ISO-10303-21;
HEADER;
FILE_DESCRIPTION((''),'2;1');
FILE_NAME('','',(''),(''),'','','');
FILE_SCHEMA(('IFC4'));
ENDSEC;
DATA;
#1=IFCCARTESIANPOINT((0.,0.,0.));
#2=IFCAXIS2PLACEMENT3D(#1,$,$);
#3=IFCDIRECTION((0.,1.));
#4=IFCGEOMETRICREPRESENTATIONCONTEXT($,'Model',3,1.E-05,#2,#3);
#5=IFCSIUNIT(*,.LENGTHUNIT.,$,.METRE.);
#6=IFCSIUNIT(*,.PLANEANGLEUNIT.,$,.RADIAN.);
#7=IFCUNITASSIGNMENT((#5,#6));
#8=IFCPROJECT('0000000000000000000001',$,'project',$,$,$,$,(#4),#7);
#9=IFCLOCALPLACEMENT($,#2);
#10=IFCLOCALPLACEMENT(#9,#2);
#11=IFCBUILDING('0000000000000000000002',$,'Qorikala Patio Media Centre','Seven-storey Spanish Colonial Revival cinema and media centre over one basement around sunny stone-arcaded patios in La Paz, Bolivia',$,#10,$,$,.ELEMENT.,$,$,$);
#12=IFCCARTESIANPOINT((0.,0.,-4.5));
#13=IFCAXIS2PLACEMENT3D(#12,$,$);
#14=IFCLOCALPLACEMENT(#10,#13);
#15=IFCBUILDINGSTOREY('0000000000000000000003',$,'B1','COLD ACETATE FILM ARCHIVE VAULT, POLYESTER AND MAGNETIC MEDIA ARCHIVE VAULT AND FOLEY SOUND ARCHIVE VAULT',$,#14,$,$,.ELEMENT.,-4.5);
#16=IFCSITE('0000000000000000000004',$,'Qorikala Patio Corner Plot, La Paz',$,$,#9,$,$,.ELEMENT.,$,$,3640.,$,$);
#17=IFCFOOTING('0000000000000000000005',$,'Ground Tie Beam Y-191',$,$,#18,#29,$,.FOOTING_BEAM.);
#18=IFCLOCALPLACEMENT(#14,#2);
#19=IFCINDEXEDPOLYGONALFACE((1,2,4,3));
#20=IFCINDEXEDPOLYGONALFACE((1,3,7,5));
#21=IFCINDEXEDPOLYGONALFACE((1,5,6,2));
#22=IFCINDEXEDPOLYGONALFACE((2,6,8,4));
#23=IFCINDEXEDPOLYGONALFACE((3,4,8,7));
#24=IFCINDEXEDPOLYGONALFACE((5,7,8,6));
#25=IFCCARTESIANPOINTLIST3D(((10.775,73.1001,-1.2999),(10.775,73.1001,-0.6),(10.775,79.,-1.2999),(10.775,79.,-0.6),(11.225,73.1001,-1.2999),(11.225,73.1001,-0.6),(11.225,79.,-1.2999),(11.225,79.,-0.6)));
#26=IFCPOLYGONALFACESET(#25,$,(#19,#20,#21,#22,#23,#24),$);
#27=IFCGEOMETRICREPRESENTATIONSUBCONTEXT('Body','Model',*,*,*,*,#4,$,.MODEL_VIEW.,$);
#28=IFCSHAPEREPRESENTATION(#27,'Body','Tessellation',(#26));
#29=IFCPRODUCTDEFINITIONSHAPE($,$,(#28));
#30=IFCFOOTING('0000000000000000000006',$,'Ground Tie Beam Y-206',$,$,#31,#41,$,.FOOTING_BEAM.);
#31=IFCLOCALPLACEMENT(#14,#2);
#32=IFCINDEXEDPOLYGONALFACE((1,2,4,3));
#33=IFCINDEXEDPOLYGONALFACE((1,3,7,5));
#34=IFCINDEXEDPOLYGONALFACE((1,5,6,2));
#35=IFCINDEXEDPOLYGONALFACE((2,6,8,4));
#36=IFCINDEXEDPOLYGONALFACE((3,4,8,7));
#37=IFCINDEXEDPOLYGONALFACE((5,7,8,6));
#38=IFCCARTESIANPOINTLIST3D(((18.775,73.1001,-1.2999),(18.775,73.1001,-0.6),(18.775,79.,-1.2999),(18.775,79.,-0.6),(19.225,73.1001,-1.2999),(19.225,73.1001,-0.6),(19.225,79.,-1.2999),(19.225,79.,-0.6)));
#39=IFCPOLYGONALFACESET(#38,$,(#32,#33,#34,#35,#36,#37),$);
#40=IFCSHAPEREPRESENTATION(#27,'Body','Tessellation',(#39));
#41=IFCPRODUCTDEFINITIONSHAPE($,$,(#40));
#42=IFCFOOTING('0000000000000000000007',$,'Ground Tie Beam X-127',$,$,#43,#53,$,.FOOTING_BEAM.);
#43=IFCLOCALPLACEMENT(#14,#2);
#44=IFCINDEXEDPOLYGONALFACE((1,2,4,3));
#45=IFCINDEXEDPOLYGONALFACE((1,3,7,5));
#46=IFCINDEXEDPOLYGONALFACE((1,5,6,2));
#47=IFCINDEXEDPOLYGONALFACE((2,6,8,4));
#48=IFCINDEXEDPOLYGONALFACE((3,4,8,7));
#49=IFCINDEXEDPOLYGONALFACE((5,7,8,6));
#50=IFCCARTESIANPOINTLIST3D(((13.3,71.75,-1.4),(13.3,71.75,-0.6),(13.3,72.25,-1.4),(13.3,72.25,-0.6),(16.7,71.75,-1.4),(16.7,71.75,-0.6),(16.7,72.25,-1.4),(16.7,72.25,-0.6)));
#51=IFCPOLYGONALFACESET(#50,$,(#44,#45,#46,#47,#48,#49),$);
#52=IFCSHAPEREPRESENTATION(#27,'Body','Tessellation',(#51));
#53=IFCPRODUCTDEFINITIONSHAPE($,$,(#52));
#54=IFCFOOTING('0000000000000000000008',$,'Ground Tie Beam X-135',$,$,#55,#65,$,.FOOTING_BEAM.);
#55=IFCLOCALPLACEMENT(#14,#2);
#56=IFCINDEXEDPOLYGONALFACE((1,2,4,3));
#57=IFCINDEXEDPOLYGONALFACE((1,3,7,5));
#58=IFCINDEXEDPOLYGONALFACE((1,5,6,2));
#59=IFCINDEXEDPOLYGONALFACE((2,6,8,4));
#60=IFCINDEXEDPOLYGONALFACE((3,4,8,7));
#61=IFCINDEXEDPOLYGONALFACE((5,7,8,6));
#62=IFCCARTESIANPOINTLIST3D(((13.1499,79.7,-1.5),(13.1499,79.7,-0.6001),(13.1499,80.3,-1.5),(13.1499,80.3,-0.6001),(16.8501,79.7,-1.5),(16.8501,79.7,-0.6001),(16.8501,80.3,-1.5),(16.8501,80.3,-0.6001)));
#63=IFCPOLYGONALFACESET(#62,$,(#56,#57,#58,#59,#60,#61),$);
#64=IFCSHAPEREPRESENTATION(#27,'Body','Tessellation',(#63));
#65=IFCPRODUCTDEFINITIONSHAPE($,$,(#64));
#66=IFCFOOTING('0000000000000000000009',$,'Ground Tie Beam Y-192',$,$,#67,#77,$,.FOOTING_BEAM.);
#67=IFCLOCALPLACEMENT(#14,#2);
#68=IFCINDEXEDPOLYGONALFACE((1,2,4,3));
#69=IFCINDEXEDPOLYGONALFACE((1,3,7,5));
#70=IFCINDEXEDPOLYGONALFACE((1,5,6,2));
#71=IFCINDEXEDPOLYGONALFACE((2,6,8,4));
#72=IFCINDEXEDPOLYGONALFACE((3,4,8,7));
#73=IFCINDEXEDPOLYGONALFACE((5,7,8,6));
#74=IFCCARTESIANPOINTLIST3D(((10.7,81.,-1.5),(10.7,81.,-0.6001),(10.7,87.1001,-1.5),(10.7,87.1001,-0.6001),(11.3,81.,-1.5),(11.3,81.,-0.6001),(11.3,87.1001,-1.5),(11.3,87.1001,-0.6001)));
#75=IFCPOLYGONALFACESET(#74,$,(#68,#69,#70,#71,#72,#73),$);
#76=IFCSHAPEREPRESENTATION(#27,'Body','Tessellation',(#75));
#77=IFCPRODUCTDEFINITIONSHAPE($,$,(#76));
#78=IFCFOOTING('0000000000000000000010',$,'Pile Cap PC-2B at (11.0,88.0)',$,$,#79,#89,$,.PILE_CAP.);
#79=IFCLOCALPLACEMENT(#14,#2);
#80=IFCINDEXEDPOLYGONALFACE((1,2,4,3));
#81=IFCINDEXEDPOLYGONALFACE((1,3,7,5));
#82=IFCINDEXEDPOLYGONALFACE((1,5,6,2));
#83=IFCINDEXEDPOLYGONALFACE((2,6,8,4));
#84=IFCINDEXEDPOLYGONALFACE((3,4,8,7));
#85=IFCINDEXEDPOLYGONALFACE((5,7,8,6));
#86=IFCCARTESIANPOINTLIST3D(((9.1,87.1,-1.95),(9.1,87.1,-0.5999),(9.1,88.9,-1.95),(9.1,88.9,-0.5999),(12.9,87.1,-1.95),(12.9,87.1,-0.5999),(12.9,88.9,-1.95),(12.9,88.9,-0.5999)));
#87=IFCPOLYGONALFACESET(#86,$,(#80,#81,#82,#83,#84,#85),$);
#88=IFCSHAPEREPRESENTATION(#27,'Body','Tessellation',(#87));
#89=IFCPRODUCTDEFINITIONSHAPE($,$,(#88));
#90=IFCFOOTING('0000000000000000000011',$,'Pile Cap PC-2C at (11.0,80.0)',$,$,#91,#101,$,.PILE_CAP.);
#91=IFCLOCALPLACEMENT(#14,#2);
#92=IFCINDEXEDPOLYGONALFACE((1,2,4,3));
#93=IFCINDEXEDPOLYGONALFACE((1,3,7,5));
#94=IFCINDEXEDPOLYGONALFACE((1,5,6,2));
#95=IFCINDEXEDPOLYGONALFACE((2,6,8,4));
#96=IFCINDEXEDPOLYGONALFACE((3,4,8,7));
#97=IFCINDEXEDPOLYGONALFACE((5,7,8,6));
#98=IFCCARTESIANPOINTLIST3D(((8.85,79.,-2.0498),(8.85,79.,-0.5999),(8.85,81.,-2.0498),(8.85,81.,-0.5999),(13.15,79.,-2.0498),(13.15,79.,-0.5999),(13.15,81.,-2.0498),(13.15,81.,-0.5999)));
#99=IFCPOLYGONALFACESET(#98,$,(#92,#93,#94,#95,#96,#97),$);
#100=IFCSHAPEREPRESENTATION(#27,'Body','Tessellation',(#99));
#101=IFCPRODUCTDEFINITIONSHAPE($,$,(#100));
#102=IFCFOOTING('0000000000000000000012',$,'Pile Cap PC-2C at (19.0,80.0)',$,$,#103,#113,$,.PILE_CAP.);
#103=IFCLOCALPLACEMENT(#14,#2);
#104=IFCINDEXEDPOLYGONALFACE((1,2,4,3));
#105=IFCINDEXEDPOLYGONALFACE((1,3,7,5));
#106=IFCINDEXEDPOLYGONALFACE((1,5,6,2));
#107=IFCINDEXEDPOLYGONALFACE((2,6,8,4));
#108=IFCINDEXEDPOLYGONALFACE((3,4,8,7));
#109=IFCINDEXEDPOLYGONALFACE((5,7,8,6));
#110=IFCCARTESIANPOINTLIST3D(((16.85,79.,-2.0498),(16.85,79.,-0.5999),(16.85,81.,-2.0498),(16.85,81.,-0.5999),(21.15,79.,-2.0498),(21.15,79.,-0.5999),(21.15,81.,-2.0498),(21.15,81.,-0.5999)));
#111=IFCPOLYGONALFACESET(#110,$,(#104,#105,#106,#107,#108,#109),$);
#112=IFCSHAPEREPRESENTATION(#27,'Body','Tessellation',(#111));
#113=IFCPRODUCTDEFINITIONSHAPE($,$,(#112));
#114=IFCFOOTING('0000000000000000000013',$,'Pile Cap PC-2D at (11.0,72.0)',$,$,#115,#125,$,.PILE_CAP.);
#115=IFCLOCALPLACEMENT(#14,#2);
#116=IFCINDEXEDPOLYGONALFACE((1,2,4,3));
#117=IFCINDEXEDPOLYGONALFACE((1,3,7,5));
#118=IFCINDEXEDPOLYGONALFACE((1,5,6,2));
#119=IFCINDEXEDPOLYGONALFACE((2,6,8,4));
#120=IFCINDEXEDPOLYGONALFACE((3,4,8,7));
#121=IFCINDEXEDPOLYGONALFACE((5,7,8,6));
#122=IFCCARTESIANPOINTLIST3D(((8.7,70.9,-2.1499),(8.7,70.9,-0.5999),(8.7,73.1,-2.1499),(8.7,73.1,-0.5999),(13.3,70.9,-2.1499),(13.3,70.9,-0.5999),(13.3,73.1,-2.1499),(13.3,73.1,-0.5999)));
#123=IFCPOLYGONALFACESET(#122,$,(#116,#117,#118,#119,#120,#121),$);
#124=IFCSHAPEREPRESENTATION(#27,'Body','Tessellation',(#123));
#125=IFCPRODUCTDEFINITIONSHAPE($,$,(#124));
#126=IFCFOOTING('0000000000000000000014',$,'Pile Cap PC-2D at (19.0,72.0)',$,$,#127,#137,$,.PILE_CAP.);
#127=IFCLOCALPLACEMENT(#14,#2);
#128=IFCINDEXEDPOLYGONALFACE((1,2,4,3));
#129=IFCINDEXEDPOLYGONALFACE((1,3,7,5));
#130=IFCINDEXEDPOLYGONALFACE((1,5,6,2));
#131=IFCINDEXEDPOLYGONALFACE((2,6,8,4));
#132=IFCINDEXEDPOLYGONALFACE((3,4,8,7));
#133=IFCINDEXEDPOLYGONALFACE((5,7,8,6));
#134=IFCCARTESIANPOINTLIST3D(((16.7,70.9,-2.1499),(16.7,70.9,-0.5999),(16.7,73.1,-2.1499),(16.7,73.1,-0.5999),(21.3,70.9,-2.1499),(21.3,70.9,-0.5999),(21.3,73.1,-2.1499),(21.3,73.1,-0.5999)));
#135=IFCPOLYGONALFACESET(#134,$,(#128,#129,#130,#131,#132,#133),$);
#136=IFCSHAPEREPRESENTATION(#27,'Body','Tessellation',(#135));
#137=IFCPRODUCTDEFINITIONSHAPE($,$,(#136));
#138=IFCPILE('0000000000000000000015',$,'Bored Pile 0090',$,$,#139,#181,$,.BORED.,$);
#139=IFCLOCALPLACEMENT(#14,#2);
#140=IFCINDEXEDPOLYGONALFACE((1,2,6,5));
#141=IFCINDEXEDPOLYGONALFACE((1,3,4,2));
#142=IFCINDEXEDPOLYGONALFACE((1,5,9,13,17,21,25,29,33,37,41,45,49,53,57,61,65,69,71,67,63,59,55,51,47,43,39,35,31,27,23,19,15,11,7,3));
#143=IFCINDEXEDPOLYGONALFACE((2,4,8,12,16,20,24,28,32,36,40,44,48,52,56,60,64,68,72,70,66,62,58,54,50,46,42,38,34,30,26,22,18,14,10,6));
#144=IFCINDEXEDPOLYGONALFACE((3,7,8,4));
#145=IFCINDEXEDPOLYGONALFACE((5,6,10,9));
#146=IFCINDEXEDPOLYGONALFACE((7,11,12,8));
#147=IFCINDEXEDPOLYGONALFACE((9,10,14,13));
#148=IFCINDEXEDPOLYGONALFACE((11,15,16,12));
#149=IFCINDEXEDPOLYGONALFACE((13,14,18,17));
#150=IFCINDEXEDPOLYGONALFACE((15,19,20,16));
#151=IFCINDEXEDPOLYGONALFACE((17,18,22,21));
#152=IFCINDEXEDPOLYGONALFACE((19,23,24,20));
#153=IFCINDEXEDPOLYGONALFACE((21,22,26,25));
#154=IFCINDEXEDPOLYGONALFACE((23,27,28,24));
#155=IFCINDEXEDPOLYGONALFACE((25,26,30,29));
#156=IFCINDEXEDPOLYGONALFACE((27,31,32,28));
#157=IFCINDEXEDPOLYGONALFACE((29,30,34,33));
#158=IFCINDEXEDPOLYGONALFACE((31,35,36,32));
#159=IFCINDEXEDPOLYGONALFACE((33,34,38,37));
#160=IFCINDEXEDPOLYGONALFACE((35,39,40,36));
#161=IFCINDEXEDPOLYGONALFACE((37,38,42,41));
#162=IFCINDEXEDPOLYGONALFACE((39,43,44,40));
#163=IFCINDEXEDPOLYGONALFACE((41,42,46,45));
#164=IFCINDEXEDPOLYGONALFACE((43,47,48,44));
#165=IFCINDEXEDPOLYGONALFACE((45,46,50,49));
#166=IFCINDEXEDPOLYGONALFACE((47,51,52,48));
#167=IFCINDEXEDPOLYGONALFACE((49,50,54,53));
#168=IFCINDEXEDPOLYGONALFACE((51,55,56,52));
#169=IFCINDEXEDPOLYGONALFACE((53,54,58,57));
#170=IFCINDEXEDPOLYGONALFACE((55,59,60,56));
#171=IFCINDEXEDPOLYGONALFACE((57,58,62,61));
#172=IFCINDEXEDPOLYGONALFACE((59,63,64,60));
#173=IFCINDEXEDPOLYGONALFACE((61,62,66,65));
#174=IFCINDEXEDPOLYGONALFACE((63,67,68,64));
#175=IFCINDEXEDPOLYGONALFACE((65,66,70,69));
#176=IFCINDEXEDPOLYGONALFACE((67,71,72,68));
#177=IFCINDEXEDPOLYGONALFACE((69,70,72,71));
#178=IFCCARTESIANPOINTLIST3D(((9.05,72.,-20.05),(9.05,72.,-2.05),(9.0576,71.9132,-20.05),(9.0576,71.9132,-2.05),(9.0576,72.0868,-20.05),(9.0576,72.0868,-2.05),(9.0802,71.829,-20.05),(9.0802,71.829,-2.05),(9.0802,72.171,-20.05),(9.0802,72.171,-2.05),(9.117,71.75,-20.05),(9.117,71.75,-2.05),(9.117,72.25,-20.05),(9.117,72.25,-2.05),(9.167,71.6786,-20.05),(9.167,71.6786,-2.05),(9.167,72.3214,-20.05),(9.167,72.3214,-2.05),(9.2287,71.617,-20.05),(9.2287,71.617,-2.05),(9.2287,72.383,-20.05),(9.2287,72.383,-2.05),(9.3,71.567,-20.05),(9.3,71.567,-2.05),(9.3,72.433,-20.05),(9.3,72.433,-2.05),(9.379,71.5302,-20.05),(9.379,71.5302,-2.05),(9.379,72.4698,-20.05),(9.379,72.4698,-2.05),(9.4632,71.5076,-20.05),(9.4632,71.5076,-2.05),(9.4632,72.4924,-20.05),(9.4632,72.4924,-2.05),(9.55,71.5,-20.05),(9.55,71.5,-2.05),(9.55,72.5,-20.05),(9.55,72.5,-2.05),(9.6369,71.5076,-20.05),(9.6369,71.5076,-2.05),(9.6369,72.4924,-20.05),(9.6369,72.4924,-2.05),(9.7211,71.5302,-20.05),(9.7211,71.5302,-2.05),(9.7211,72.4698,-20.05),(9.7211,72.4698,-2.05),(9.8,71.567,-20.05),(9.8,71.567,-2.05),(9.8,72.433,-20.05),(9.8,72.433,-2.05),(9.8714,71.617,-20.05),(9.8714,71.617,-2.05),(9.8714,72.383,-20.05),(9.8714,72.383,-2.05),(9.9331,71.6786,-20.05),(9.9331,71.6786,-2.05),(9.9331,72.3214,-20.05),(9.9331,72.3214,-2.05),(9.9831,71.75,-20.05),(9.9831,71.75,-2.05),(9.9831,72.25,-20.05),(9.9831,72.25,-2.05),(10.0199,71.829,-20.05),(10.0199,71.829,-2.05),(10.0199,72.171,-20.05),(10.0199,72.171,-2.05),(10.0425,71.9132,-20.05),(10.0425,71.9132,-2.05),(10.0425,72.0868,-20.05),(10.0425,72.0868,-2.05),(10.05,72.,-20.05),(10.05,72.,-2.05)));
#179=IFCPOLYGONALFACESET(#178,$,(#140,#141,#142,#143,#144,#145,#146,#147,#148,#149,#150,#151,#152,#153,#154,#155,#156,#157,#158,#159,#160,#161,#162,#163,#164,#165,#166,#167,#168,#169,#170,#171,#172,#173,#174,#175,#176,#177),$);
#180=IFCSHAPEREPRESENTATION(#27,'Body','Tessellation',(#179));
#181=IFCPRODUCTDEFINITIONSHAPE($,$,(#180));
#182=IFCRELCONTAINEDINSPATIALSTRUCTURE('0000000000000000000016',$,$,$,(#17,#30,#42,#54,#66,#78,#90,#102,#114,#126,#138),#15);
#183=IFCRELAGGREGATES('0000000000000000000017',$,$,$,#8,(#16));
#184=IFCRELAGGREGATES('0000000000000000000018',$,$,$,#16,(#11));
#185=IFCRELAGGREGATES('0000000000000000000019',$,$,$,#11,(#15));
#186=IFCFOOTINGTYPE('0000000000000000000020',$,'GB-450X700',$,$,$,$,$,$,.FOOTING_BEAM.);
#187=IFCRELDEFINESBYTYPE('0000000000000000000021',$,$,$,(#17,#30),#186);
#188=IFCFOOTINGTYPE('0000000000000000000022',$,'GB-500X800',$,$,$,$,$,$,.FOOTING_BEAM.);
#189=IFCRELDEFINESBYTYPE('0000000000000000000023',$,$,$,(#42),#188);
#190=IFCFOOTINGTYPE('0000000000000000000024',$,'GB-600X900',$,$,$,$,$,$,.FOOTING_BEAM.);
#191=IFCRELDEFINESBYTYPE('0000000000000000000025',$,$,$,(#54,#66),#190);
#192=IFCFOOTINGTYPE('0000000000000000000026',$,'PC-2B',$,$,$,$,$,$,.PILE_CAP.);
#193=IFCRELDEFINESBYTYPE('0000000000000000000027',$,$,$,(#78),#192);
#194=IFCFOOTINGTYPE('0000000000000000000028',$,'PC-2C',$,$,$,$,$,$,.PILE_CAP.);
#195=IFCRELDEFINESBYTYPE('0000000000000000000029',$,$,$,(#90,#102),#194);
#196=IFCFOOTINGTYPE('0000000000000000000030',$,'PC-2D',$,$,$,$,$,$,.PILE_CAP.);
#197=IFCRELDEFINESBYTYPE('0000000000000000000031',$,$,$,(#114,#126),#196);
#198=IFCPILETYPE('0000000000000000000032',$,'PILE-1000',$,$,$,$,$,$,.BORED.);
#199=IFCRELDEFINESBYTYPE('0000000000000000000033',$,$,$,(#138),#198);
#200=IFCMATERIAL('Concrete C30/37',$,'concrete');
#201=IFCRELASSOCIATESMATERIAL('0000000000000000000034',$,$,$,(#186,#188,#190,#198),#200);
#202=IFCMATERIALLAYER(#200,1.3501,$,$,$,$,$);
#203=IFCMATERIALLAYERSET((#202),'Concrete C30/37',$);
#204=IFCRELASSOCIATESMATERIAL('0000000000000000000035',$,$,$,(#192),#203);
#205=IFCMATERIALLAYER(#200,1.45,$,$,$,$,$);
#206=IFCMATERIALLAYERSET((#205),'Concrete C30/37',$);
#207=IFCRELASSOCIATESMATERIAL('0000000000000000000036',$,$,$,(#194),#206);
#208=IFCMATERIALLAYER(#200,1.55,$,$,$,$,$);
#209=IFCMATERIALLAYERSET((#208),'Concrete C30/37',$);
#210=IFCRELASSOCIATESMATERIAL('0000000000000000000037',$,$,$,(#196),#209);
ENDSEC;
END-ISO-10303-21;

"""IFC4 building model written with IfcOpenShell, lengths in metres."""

from ifc_helpers import new_model, si_unit, direction, frame, origin, origin_2d, place, context, subcontext, project, spatial, rectangle, circle, extrude, material, layer, layer_set, material_profile, profile_set, type_object, element, save


model = new_model("IFC4")

# Units and contexts
model_context = context("Model", 3, precision=1e-05, world=origin(), true_north=direction((0.0, 1.0)))
body_context = subcontext(model_context, "Body", "Model", "MODEL_VIEW")
ifc_project = project(units=[si_unit("LENGTHUNIT", "METRE"), si_unit("PLANEANGLEUNIT", "RADIAN")], contexts=[model_context])

# Site, building, storey
site_placement = place(None, origin())
site = spatial("IfcSite", under=ifc_project, at=site_placement, Name="Qorikala Patio Corner Plot, La Paz", CompositionType="ELEMENT", RefElevation=3640.0)
building_placement = place(site_placement, origin())
building = spatial("IfcBuilding", under=site, at=building_placement, Name="Qorikala Patio Media Centre", Description="Seven-storey Spanish Colonial Revival cinema and media centre over one basement around sunny stone-arcaded patios in La Paz, Bolivia", CompositionType="ELEMENT")
storey_placement = place(building_placement, frame((0.0, 0.0, -4.5)))
storey = spatial("IfcBuildingStorey", under=building, at=storey_placement, Name="B1", Description="COLD ACETATE FILM ARCHIVE VAULT, POLYESTER AND MAGNETIC MEDIA ARCHIVE VAULT AND FOLEY SOUND ARCHIVE VAULT", CompositionType="ELEMENT", Elevation=-4.5)

# Footings
ifc_material_1 = material(Name="Concrete C30/37", Category="concrete")
ifc_material_profile_1 = material_profile(ifc_material_1, rectangle(XDim=0.45, YDim=0.7, at=origin_2d()), Name="RC 450x700")
ifc_profile_set_1 = profile_set([ifc_material_profile_1], Name="Concrete C30/37")
footing_type_1 = type_object("IfcFootingType", Name="GB-450X700", PredefinedType="FOOTING_BEAM", material=ifc_profile_set_1)
for number, where, z_axis, x_axis, name in (
    (1, (11.0, 73.1001, -0.95), (0.0, 1.0, 0.0), (-1.0, 0.0, 0.0), "Ground Tie Beam Y-191"),
    (2, (19.0, 73.1001, -0.95), (0.0, 1.0, 0.0), (-1.0, 0.0, 0.0), "Ground Tie Beam Y-206"),
):
    element("IfcFooting", number, at=place(storey_placement, frame(where, z_axis=z_axis, x_axis=x_axis)), inside=storey, type_object=footing_type_1, Name=name, PredefinedType="FOOTING_BEAM", context=body_context, shape_type="SweptSolid", body=[
        extrude(rectangle(XDim=0.45, YDim=0.7, at=origin_2d()), origin(), (0.0, 0.0, 1.0), 5.8999),
    ])
ifc_material_profile_2 = material_profile(ifc_material_1, rectangle(XDim=0.5, YDim=0.8, at=origin_2d()), Name="RC 500x800")
ifc_profile_set_2 = profile_set([ifc_material_profile_2], Name="Concrete C30/37")
footing_type_2 = type_object("IfcFootingType", Name="GB-500X800", PredefinedType="FOOTING_BEAM", material=ifc_profile_set_2)
footing_1_placement = place(storey_placement, frame((13.3, 72.0, -1.0), z_axis=(1.0, 0.0, 0.0), x_axis=(0.0, 1.0, 0.0)))
element("IfcFooting", 3, at=footing_1_placement, inside=storey, type_object=footing_type_2, Name="Ground Tie Beam X-127", PredefinedType="FOOTING_BEAM", context=body_context, shape_type="SweptSolid", body=[
    extrude(rectangle(XDim=0.5, YDim=0.8, at=origin_2d()), origin(), (0.0, 0.0, 1.0), 3.3999),
])
ifc_material_profile_3 = material_profile(ifc_material_1, rectangle(XDim=0.6001, YDim=0.8999, at=origin_2d()), Name="RC 600x900")
ifc_profile_set_3 = profile_set([ifc_material_profile_3], Name="Concrete C30/37")
footing_type_3 = type_object("IfcFootingType", Name="GB-600X900", PredefinedType="FOOTING_BEAM", material=ifc_profile_set_3)
footing_2_placement = place(storey_placement, frame((13.1499, 80.0, -1.05), z_axis=(1.0, 0.0, 0.0), x_axis=(0.0, 1.0, 0.0)))
element("IfcFooting", 4, at=footing_2_placement, inside=storey, type_object=footing_type_3, Name="Ground Tie Beam X-135", PredefinedType="FOOTING_BEAM", context=body_context, shape_type="SweptSolid", body=[
    extrude(rectangle(XDim=0.6001, YDim=0.8999, at=origin_2d()), origin(), (0.0, 0.0, 1.0), 3.7002),
])
footing_3_placement = place(storey_placement, frame((11.0, 81.0, -1.05), z_axis=(0.0, 1.0, 0.0), x_axis=(-1.0, 0.0, 0.0)))
element("IfcFooting", 5, at=footing_3_placement, inside=storey, type_object=footing_type_3, Name="Ground Tie Beam Y-192", PredefinedType="FOOTING_BEAM", context=body_context, shape_type="SweptSolid", body=[
    extrude(rectangle(XDim=0.6001, YDim=0.8999, at=origin_2d()), origin(), (0.0, 0.0, 1.0), 6.1001),
])
ifc_layer_1 = layer(ifc_material_1, 1.3501)
ifc_layer_set_1 = layer_set([ifc_layer_1], Name="Concrete C30/37")
footing_type_4 = type_object("IfcFootingType", Name="PC-2B", PredefinedType="PILE_CAP", material=ifc_layer_set_1)
footing_4_placement = place(storey_placement, frame((11.0, 88.0, -1.95), z_axis=(0.0, 0.0, 1.0), x_axis=(1.0, 0.0, 0.0)))
element("IfcFooting", 6, at=footing_4_placement, inside=storey, type_object=footing_type_4, Name="Pile Cap PC-2B at (11.0,88.0)", PredefinedType="PILE_CAP", context=body_context, shape_type="SweptSolid", body=[
    extrude(rectangle(XDim=3.8, YDim=1.8, at=origin_2d()), origin(), (0.0, 0.0, 1.0), 1.3501),
])
ifc_layer_2 = layer(ifc_material_1, 1.45)
ifc_layer_set_2 = layer_set([ifc_layer_2], Name="Concrete C30/37")
footing_type_5 = type_object("IfcFootingType", Name="PC-2C", PredefinedType="PILE_CAP", material=ifc_layer_set_2)
for number, where, z_axis, x_axis, name in (
    (7, (11.0, 80.0, -2.0498), (0.0, 0.0, 1.0), (1.0, 0.0, 0.0), "Pile Cap PC-2C at (11.0,80.0)"),
    (8, (19.0, 80.0, -2.0498), (0.0, 0.0, 1.0), (1.0, 0.0, 0.0), "Pile Cap PC-2C at (19.0,80.0)"),
):
    element("IfcFooting", number, at=place(storey_placement, frame(where, z_axis=z_axis, x_axis=x_axis)), inside=storey, type_object=footing_type_5, Name=name, PredefinedType="PILE_CAP", context=body_context, shape_type="SweptSolid", body=[
        extrude(rectangle(XDim=4.3, YDim=2.0, at=origin_2d()), origin(), (0.0, 0.0, 1.0), 1.45),
    ])
ifc_layer_3 = layer(ifc_material_1, 1.55)
ifc_layer_set_3 = layer_set([ifc_layer_3], Name="Concrete C30/37")
footing_type_6 = type_object("IfcFootingType", Name="PC-2D", PredefinedType="PILE_CAP", material=ifc_layer_set_3)
for number, where, z_axis, x_axis, name in (
    (9, (11.0, 72.0, -2.1499), (0.0, 0.0, 1.0), (1.0, 0.0, 0.0), "Pile Cap PC-2D at (11.0,72.0)"),
    (10, (19.0, 72.0, -2.1499), (0.0, 0.0, 1.0), (1.0, 0.0, 0.0), "Pile Cap PC-2D at (19.0,72.0)"),
):
    element("IfcFooting", number, at=place(storey_placement, frame(where, z_axis=z_axis, x_axis=x_axis)), inside=storey, type_object=footing_type_6, Name=name, PredefinedType="PILE_CAP", context=body_context, shape_type="SweptSolid", body=[
        extrude(rectangle(XDim=4.6001, YDim=2.2, at=origin_2d()), origin(), (0.0, 0.0, 1.0), 1.55),
    ])

# Pile
ifc_material_profile_4 = material_profile(ifc_material_1, circle(Radius=0.5, at=origin_2d()), Name="BORED PILE 1000")
ifc_profile_set_4 = profile_set([ifc_material_profile_4], Name="Concrete C30/37")
pile_type_1 = type_object("IfcPileType", Name="PILE-1000", PredefinedType="BORED", material=ifc_profile_set_4)
for number, where, z_axis, x_axis, name in (
    (11, (9.55, 72.0, -2.05), (0.0, 0.0, -1.0), (1.0, 0.0, 0.0), "Bored Pile 0090"),
):
    element("IfcPile", number, at=place(storey_placement, frame(where, z_axis=z_axis, x_axis=x_axis)), inside=storey, type_object=pile_type_1, Name=name, PredefinedType="BORED", context=body_context, shape_type="SweptSolid", body=[
        extrude(circle(Radius=0.5, at=origin_2d()), origin(), (0.0, 0.0, 1.0), 18.0),
    ])

save(model, "model.ifc")
